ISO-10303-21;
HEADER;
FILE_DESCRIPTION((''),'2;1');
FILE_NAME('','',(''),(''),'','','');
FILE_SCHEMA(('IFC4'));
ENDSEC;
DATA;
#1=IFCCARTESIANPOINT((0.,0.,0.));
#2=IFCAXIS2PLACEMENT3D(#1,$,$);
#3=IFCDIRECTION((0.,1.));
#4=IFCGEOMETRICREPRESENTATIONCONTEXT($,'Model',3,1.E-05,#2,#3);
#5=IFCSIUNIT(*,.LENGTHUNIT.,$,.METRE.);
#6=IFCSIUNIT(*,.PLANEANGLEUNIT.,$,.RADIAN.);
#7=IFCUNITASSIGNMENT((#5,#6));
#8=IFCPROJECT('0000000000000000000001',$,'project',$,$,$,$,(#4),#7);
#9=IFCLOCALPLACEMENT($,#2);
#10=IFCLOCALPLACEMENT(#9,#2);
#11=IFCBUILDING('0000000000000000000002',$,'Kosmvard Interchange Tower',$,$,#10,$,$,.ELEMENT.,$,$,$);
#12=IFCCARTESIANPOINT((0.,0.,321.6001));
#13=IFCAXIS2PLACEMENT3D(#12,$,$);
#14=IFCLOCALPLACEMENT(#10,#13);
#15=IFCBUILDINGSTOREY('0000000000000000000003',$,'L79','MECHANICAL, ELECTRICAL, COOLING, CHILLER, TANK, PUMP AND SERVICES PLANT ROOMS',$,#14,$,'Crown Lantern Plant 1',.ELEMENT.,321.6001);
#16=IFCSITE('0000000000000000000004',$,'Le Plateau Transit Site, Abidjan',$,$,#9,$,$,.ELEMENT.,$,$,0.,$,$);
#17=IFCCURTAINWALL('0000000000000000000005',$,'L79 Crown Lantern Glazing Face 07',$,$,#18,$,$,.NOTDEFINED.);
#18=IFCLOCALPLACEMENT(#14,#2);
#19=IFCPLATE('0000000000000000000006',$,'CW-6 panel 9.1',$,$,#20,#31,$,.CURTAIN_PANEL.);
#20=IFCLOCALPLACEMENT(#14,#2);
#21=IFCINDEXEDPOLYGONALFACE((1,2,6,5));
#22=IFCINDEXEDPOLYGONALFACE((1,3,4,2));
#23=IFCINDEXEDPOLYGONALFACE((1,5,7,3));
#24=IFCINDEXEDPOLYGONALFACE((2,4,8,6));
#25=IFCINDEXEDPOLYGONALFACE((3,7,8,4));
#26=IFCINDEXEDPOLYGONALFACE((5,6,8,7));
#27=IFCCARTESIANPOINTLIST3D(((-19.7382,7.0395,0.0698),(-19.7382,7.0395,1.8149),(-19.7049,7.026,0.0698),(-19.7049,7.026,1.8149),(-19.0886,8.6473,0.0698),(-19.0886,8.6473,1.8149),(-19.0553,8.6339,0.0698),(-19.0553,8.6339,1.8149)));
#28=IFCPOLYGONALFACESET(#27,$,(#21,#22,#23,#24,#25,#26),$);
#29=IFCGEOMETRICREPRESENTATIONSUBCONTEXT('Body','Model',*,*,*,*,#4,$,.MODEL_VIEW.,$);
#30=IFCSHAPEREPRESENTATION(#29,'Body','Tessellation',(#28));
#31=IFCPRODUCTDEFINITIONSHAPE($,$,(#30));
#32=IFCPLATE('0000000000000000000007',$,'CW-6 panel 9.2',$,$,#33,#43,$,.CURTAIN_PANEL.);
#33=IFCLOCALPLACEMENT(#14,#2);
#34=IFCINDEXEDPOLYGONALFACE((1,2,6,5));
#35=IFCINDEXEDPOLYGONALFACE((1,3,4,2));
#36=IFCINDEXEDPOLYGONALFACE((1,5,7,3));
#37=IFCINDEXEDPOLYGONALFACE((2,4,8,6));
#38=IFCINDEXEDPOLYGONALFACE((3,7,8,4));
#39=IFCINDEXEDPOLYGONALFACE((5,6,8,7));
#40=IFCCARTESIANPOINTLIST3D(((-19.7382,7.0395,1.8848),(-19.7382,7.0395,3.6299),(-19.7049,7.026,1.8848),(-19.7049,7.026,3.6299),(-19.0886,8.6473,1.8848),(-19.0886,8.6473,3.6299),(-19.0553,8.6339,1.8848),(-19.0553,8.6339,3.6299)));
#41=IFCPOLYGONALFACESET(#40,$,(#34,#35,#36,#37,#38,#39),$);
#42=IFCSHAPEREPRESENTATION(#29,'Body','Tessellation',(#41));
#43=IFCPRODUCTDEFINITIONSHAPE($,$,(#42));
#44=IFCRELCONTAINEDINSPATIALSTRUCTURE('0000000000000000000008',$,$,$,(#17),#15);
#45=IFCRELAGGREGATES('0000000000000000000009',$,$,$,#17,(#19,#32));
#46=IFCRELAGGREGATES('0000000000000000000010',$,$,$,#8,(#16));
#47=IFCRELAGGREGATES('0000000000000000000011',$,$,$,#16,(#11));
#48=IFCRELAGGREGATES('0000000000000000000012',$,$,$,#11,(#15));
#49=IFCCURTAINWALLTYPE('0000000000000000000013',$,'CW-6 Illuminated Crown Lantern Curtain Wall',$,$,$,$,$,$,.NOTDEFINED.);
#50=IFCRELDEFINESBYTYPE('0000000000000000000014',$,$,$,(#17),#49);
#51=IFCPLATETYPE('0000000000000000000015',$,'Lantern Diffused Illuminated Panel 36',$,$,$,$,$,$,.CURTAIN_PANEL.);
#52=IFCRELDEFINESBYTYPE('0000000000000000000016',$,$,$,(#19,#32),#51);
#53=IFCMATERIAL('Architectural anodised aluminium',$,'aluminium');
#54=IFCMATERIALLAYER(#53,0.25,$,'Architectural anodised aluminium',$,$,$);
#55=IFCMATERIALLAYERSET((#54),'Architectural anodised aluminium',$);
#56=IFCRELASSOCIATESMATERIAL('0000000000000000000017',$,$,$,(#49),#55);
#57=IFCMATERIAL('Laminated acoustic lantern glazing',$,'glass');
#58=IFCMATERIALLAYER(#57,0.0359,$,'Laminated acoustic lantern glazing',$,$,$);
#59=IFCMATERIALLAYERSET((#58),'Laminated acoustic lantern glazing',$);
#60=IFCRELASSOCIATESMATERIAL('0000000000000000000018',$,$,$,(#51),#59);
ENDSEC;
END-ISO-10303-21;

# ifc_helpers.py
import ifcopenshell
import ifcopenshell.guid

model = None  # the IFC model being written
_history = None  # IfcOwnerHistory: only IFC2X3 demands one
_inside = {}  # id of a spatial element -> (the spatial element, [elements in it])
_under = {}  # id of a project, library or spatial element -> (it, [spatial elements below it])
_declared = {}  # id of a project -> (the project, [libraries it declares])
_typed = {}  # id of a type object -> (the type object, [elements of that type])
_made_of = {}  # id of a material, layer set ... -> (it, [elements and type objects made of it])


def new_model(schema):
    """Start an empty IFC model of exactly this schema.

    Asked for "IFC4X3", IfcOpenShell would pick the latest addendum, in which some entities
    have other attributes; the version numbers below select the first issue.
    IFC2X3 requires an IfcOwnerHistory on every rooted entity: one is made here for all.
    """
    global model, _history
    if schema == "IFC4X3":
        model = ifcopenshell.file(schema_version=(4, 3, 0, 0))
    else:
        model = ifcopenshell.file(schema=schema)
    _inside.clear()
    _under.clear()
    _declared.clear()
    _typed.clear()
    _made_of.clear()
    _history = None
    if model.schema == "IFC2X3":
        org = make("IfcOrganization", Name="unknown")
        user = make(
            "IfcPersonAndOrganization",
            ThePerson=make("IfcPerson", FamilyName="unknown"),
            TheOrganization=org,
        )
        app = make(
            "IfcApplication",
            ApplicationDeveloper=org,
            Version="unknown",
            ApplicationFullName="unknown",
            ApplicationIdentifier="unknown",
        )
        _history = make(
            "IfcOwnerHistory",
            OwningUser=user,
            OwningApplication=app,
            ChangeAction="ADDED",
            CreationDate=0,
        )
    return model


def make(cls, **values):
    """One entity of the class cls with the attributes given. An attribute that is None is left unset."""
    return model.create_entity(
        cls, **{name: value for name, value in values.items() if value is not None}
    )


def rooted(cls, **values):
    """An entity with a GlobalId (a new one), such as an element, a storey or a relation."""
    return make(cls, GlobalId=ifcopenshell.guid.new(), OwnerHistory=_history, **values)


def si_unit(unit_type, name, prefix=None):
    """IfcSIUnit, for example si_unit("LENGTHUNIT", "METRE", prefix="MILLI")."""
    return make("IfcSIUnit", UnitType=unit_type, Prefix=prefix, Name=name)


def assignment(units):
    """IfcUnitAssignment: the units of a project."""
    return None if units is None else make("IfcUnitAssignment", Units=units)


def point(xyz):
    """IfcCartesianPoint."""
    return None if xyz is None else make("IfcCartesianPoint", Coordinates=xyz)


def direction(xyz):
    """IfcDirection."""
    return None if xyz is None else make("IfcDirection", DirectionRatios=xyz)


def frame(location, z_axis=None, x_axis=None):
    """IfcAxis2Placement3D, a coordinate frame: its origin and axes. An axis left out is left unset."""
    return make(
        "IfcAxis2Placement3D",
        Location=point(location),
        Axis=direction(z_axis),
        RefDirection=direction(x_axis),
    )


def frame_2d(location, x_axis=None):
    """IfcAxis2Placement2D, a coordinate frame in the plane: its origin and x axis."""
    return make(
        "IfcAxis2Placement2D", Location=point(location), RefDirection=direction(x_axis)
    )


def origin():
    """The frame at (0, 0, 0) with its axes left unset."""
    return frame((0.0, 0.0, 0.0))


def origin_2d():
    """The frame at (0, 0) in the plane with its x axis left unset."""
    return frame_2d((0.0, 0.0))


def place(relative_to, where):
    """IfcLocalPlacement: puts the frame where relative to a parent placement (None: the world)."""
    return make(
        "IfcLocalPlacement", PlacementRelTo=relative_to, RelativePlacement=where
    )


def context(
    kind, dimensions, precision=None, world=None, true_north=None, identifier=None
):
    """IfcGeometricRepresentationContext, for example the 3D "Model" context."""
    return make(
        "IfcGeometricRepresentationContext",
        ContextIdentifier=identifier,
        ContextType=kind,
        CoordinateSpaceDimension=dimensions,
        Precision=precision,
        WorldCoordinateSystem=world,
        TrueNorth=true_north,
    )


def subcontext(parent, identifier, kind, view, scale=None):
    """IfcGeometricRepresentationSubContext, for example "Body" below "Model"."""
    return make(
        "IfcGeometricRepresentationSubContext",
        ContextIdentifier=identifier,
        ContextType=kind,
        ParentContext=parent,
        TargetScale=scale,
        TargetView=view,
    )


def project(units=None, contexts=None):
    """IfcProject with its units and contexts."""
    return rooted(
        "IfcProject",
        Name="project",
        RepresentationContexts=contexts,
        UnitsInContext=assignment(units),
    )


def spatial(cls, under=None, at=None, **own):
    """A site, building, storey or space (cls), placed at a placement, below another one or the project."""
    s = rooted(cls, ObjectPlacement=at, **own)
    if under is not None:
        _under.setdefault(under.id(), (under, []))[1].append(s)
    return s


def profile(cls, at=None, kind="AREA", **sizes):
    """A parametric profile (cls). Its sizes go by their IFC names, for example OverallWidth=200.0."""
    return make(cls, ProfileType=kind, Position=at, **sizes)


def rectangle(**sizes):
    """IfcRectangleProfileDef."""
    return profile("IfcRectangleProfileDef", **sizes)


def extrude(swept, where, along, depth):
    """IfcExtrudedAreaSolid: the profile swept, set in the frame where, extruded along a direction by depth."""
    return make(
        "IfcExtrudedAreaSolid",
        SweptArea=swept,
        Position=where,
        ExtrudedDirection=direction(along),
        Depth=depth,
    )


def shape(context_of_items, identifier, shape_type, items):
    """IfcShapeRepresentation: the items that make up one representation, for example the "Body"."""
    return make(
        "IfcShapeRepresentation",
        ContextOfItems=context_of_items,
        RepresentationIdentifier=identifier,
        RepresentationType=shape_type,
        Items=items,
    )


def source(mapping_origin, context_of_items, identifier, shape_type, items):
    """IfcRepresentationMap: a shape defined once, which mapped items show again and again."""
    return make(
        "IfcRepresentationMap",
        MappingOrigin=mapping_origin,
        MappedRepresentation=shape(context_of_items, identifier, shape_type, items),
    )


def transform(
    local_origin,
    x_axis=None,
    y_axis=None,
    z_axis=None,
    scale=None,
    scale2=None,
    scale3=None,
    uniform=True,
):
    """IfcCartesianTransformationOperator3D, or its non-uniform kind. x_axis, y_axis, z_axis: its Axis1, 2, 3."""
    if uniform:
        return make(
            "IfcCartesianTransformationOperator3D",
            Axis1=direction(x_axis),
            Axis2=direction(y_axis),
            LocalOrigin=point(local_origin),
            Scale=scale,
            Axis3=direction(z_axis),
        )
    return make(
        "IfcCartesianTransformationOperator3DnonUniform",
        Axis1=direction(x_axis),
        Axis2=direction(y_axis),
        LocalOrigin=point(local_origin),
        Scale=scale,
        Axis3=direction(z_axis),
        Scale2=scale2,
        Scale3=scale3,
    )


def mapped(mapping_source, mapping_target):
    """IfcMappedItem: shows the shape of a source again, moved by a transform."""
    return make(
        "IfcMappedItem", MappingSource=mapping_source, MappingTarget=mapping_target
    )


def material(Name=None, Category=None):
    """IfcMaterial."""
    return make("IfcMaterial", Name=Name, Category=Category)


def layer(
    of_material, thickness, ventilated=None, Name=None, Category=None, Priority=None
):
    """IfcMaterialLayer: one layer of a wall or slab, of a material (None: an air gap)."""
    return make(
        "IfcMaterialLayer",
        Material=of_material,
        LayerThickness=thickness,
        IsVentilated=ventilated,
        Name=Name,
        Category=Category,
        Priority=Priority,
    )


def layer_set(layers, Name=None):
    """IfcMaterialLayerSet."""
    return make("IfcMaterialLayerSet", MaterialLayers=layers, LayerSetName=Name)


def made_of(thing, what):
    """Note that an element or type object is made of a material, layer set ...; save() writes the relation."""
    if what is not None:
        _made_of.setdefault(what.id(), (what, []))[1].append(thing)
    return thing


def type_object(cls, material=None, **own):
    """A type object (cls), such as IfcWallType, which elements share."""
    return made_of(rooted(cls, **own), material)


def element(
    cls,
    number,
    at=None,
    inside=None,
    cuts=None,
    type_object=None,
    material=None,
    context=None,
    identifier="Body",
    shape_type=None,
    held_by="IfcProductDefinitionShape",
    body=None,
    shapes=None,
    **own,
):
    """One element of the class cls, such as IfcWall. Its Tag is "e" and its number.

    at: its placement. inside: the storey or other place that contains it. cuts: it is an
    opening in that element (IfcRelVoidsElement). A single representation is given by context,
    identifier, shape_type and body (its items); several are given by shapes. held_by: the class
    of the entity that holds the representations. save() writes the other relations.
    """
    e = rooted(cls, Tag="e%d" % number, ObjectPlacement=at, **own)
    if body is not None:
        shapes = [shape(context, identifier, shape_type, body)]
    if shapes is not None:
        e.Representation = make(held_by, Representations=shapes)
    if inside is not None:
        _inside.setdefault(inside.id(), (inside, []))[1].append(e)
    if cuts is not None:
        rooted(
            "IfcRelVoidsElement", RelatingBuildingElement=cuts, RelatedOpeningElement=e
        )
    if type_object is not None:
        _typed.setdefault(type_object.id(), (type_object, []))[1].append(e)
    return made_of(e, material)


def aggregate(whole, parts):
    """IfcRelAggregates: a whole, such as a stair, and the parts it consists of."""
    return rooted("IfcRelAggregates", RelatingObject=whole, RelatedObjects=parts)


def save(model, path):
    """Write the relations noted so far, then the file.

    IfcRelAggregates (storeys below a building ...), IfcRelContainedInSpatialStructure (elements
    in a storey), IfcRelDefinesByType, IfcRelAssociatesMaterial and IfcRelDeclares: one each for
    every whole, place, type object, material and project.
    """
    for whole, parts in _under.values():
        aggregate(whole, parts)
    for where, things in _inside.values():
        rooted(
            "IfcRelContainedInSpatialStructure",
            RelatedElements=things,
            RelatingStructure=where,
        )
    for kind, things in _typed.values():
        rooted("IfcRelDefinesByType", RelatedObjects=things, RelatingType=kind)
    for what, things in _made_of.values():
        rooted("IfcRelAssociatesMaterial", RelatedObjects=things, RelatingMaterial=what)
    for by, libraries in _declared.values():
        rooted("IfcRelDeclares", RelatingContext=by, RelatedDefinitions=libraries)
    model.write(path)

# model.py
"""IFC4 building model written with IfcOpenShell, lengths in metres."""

from ifc_helpers import new_model, si_unit, direction, frame, origin, origin_2d, place, context, subcontext, project, spatial, rectangle, extrude, source, transform, mapped, material, layer, layer_set, type_object, element, aggregate, save


model = new_model("IFC4")

# Units and contexts
model_context = context("Model", 3, precision=1e-05, world=origin(), true_north=direction((0.0, 1.0)))
body_context = subcontext(model_context, "Body", "Model", "MODEL_VIEW")
ifc_project = project(units=[si_unit("LENGTHUNIT", "METRE"), si_unit("PLANEANGLEUNIT", "RADIAN")], contexts=[model_context])

# Site, building, storey
site_placement = place(None, origin())
site = spatial("IfcSite", under=ifc_project, at=site_placement, Name="Le Plateau Transit Site, Abidjan", CompositionType="ELEMENT", RefElevation=0.0)
building_placement = place(site_placement, origin())
building = spatial("IfcBuilding", under=site, at=building_placement, Name="Kosmvard Interchange Tower", CompositionType="ELEMENT")
storey_placement = place(building_placement, frame((0.0, 0.0, 321.6001)))
storey = spatial("IfcBuildingStorey", under=building, at=storey_placement, Name="L79", Description="MECHANICAL, ELECTRICAL, COOLING, CHILLER, TANK, PUMP AND SERVICES PLANT ROOMS", LongName="Crown Lantern Plant 1", CompositionType="ELEMENT", Elevation=321.6001)

# Curtain wall, plates
ifc_material_1 = material(Name="Architectural anodised aluminium", Category="aluminium")
ifc_layer_1 = layer(ifc_material_1, 0.25, Name="Architectural anodised aluminium")
ifc_layer_set_1 = layer_set([ifc_layer_1], Name="Architectural anodised aluminium")
curtain_wall_type = type_object("IfcCurtainWallType", Name="CW-6 Illuminated Crown Lantern Curtain Wall", PredefinedType="NOTDEFINED", material=ifc_layer_set_1)
curtain_wall_placement = place(storey_placement, origin())
curtain_wall = element("IfcCurtainWall", 1, at=curtain_wall_placement, inside=storey, type_object=curtain_wall_type, Name="L79 Crown Lantern Glazing Face 07", PredefinedType="NOTDEFINED")
ifc_material_2 = material(Name="Laminated acoustic lantern glazing", Category="glass")
ifc_layer_2 = layer(ifc_material_2, 0.0359, Name="Laminated acoustic lantern glazing")
ifc_layer_set_2 = layer_set([ifc_layer_2], Name="Laminated acoustic lantern glazing")
plate_type = type_object("IfcPlateType", Name="Lantern Diffused Illuminated Panel 36", PredefinedType="CURTAIN_PANEL", material=ifc_layer_set_2)
shared_shape_1 = source(origin(), body_context, "Body", "SweptSolid", [
    extrude(rectangle(XDim=1.7341, YDim=0.0359, at=origin_2d()), origin(), (0.0, 0.0, 1.0), 1.7451),
])
plate_1_placement = place(storey_placement, frame((-19.3967, 7.8367, 0.0698), z_axis=(0.0, 0.0, 1.0), x_axis=(-0.374607, -0.927184, 0.0)))
plate_1 = element("IfcPlate", 2, at=plate_1_placement, type_object=plate_type, Name="CW-6 panel 9.1", PredefinedType="CURTAIN_PANEL", context=body_context, shape_type="MappedRepresentation", body=[
    mapped(shared_shape_1, transform((0.0, 0.0, 0.0), scale=1.0)),
])
plate_2_placement = place(storey_placement, frame((-19.3967, 7.8367, 1.8848), z_axis=(0.0, 0.0, 1.0), x_axis=(-0.374607, -0.927184, 0.0)))
plate_2 = element("IfcPlate", 3, at=plate_2_placement, type_object=plate_type, Name="CW-6 panel 9.2", PredefinedType="CURTAIN_PANEL", context=body_context, shape_type="MappedRepresentation", body=[
    mapped(shared_shape_1, transform((0.0, 0.0, 0.0), scale=1.0)),
])
aggregate(curtain_wall, [plate_1, plate_2])

save(model, "model.ifc")
